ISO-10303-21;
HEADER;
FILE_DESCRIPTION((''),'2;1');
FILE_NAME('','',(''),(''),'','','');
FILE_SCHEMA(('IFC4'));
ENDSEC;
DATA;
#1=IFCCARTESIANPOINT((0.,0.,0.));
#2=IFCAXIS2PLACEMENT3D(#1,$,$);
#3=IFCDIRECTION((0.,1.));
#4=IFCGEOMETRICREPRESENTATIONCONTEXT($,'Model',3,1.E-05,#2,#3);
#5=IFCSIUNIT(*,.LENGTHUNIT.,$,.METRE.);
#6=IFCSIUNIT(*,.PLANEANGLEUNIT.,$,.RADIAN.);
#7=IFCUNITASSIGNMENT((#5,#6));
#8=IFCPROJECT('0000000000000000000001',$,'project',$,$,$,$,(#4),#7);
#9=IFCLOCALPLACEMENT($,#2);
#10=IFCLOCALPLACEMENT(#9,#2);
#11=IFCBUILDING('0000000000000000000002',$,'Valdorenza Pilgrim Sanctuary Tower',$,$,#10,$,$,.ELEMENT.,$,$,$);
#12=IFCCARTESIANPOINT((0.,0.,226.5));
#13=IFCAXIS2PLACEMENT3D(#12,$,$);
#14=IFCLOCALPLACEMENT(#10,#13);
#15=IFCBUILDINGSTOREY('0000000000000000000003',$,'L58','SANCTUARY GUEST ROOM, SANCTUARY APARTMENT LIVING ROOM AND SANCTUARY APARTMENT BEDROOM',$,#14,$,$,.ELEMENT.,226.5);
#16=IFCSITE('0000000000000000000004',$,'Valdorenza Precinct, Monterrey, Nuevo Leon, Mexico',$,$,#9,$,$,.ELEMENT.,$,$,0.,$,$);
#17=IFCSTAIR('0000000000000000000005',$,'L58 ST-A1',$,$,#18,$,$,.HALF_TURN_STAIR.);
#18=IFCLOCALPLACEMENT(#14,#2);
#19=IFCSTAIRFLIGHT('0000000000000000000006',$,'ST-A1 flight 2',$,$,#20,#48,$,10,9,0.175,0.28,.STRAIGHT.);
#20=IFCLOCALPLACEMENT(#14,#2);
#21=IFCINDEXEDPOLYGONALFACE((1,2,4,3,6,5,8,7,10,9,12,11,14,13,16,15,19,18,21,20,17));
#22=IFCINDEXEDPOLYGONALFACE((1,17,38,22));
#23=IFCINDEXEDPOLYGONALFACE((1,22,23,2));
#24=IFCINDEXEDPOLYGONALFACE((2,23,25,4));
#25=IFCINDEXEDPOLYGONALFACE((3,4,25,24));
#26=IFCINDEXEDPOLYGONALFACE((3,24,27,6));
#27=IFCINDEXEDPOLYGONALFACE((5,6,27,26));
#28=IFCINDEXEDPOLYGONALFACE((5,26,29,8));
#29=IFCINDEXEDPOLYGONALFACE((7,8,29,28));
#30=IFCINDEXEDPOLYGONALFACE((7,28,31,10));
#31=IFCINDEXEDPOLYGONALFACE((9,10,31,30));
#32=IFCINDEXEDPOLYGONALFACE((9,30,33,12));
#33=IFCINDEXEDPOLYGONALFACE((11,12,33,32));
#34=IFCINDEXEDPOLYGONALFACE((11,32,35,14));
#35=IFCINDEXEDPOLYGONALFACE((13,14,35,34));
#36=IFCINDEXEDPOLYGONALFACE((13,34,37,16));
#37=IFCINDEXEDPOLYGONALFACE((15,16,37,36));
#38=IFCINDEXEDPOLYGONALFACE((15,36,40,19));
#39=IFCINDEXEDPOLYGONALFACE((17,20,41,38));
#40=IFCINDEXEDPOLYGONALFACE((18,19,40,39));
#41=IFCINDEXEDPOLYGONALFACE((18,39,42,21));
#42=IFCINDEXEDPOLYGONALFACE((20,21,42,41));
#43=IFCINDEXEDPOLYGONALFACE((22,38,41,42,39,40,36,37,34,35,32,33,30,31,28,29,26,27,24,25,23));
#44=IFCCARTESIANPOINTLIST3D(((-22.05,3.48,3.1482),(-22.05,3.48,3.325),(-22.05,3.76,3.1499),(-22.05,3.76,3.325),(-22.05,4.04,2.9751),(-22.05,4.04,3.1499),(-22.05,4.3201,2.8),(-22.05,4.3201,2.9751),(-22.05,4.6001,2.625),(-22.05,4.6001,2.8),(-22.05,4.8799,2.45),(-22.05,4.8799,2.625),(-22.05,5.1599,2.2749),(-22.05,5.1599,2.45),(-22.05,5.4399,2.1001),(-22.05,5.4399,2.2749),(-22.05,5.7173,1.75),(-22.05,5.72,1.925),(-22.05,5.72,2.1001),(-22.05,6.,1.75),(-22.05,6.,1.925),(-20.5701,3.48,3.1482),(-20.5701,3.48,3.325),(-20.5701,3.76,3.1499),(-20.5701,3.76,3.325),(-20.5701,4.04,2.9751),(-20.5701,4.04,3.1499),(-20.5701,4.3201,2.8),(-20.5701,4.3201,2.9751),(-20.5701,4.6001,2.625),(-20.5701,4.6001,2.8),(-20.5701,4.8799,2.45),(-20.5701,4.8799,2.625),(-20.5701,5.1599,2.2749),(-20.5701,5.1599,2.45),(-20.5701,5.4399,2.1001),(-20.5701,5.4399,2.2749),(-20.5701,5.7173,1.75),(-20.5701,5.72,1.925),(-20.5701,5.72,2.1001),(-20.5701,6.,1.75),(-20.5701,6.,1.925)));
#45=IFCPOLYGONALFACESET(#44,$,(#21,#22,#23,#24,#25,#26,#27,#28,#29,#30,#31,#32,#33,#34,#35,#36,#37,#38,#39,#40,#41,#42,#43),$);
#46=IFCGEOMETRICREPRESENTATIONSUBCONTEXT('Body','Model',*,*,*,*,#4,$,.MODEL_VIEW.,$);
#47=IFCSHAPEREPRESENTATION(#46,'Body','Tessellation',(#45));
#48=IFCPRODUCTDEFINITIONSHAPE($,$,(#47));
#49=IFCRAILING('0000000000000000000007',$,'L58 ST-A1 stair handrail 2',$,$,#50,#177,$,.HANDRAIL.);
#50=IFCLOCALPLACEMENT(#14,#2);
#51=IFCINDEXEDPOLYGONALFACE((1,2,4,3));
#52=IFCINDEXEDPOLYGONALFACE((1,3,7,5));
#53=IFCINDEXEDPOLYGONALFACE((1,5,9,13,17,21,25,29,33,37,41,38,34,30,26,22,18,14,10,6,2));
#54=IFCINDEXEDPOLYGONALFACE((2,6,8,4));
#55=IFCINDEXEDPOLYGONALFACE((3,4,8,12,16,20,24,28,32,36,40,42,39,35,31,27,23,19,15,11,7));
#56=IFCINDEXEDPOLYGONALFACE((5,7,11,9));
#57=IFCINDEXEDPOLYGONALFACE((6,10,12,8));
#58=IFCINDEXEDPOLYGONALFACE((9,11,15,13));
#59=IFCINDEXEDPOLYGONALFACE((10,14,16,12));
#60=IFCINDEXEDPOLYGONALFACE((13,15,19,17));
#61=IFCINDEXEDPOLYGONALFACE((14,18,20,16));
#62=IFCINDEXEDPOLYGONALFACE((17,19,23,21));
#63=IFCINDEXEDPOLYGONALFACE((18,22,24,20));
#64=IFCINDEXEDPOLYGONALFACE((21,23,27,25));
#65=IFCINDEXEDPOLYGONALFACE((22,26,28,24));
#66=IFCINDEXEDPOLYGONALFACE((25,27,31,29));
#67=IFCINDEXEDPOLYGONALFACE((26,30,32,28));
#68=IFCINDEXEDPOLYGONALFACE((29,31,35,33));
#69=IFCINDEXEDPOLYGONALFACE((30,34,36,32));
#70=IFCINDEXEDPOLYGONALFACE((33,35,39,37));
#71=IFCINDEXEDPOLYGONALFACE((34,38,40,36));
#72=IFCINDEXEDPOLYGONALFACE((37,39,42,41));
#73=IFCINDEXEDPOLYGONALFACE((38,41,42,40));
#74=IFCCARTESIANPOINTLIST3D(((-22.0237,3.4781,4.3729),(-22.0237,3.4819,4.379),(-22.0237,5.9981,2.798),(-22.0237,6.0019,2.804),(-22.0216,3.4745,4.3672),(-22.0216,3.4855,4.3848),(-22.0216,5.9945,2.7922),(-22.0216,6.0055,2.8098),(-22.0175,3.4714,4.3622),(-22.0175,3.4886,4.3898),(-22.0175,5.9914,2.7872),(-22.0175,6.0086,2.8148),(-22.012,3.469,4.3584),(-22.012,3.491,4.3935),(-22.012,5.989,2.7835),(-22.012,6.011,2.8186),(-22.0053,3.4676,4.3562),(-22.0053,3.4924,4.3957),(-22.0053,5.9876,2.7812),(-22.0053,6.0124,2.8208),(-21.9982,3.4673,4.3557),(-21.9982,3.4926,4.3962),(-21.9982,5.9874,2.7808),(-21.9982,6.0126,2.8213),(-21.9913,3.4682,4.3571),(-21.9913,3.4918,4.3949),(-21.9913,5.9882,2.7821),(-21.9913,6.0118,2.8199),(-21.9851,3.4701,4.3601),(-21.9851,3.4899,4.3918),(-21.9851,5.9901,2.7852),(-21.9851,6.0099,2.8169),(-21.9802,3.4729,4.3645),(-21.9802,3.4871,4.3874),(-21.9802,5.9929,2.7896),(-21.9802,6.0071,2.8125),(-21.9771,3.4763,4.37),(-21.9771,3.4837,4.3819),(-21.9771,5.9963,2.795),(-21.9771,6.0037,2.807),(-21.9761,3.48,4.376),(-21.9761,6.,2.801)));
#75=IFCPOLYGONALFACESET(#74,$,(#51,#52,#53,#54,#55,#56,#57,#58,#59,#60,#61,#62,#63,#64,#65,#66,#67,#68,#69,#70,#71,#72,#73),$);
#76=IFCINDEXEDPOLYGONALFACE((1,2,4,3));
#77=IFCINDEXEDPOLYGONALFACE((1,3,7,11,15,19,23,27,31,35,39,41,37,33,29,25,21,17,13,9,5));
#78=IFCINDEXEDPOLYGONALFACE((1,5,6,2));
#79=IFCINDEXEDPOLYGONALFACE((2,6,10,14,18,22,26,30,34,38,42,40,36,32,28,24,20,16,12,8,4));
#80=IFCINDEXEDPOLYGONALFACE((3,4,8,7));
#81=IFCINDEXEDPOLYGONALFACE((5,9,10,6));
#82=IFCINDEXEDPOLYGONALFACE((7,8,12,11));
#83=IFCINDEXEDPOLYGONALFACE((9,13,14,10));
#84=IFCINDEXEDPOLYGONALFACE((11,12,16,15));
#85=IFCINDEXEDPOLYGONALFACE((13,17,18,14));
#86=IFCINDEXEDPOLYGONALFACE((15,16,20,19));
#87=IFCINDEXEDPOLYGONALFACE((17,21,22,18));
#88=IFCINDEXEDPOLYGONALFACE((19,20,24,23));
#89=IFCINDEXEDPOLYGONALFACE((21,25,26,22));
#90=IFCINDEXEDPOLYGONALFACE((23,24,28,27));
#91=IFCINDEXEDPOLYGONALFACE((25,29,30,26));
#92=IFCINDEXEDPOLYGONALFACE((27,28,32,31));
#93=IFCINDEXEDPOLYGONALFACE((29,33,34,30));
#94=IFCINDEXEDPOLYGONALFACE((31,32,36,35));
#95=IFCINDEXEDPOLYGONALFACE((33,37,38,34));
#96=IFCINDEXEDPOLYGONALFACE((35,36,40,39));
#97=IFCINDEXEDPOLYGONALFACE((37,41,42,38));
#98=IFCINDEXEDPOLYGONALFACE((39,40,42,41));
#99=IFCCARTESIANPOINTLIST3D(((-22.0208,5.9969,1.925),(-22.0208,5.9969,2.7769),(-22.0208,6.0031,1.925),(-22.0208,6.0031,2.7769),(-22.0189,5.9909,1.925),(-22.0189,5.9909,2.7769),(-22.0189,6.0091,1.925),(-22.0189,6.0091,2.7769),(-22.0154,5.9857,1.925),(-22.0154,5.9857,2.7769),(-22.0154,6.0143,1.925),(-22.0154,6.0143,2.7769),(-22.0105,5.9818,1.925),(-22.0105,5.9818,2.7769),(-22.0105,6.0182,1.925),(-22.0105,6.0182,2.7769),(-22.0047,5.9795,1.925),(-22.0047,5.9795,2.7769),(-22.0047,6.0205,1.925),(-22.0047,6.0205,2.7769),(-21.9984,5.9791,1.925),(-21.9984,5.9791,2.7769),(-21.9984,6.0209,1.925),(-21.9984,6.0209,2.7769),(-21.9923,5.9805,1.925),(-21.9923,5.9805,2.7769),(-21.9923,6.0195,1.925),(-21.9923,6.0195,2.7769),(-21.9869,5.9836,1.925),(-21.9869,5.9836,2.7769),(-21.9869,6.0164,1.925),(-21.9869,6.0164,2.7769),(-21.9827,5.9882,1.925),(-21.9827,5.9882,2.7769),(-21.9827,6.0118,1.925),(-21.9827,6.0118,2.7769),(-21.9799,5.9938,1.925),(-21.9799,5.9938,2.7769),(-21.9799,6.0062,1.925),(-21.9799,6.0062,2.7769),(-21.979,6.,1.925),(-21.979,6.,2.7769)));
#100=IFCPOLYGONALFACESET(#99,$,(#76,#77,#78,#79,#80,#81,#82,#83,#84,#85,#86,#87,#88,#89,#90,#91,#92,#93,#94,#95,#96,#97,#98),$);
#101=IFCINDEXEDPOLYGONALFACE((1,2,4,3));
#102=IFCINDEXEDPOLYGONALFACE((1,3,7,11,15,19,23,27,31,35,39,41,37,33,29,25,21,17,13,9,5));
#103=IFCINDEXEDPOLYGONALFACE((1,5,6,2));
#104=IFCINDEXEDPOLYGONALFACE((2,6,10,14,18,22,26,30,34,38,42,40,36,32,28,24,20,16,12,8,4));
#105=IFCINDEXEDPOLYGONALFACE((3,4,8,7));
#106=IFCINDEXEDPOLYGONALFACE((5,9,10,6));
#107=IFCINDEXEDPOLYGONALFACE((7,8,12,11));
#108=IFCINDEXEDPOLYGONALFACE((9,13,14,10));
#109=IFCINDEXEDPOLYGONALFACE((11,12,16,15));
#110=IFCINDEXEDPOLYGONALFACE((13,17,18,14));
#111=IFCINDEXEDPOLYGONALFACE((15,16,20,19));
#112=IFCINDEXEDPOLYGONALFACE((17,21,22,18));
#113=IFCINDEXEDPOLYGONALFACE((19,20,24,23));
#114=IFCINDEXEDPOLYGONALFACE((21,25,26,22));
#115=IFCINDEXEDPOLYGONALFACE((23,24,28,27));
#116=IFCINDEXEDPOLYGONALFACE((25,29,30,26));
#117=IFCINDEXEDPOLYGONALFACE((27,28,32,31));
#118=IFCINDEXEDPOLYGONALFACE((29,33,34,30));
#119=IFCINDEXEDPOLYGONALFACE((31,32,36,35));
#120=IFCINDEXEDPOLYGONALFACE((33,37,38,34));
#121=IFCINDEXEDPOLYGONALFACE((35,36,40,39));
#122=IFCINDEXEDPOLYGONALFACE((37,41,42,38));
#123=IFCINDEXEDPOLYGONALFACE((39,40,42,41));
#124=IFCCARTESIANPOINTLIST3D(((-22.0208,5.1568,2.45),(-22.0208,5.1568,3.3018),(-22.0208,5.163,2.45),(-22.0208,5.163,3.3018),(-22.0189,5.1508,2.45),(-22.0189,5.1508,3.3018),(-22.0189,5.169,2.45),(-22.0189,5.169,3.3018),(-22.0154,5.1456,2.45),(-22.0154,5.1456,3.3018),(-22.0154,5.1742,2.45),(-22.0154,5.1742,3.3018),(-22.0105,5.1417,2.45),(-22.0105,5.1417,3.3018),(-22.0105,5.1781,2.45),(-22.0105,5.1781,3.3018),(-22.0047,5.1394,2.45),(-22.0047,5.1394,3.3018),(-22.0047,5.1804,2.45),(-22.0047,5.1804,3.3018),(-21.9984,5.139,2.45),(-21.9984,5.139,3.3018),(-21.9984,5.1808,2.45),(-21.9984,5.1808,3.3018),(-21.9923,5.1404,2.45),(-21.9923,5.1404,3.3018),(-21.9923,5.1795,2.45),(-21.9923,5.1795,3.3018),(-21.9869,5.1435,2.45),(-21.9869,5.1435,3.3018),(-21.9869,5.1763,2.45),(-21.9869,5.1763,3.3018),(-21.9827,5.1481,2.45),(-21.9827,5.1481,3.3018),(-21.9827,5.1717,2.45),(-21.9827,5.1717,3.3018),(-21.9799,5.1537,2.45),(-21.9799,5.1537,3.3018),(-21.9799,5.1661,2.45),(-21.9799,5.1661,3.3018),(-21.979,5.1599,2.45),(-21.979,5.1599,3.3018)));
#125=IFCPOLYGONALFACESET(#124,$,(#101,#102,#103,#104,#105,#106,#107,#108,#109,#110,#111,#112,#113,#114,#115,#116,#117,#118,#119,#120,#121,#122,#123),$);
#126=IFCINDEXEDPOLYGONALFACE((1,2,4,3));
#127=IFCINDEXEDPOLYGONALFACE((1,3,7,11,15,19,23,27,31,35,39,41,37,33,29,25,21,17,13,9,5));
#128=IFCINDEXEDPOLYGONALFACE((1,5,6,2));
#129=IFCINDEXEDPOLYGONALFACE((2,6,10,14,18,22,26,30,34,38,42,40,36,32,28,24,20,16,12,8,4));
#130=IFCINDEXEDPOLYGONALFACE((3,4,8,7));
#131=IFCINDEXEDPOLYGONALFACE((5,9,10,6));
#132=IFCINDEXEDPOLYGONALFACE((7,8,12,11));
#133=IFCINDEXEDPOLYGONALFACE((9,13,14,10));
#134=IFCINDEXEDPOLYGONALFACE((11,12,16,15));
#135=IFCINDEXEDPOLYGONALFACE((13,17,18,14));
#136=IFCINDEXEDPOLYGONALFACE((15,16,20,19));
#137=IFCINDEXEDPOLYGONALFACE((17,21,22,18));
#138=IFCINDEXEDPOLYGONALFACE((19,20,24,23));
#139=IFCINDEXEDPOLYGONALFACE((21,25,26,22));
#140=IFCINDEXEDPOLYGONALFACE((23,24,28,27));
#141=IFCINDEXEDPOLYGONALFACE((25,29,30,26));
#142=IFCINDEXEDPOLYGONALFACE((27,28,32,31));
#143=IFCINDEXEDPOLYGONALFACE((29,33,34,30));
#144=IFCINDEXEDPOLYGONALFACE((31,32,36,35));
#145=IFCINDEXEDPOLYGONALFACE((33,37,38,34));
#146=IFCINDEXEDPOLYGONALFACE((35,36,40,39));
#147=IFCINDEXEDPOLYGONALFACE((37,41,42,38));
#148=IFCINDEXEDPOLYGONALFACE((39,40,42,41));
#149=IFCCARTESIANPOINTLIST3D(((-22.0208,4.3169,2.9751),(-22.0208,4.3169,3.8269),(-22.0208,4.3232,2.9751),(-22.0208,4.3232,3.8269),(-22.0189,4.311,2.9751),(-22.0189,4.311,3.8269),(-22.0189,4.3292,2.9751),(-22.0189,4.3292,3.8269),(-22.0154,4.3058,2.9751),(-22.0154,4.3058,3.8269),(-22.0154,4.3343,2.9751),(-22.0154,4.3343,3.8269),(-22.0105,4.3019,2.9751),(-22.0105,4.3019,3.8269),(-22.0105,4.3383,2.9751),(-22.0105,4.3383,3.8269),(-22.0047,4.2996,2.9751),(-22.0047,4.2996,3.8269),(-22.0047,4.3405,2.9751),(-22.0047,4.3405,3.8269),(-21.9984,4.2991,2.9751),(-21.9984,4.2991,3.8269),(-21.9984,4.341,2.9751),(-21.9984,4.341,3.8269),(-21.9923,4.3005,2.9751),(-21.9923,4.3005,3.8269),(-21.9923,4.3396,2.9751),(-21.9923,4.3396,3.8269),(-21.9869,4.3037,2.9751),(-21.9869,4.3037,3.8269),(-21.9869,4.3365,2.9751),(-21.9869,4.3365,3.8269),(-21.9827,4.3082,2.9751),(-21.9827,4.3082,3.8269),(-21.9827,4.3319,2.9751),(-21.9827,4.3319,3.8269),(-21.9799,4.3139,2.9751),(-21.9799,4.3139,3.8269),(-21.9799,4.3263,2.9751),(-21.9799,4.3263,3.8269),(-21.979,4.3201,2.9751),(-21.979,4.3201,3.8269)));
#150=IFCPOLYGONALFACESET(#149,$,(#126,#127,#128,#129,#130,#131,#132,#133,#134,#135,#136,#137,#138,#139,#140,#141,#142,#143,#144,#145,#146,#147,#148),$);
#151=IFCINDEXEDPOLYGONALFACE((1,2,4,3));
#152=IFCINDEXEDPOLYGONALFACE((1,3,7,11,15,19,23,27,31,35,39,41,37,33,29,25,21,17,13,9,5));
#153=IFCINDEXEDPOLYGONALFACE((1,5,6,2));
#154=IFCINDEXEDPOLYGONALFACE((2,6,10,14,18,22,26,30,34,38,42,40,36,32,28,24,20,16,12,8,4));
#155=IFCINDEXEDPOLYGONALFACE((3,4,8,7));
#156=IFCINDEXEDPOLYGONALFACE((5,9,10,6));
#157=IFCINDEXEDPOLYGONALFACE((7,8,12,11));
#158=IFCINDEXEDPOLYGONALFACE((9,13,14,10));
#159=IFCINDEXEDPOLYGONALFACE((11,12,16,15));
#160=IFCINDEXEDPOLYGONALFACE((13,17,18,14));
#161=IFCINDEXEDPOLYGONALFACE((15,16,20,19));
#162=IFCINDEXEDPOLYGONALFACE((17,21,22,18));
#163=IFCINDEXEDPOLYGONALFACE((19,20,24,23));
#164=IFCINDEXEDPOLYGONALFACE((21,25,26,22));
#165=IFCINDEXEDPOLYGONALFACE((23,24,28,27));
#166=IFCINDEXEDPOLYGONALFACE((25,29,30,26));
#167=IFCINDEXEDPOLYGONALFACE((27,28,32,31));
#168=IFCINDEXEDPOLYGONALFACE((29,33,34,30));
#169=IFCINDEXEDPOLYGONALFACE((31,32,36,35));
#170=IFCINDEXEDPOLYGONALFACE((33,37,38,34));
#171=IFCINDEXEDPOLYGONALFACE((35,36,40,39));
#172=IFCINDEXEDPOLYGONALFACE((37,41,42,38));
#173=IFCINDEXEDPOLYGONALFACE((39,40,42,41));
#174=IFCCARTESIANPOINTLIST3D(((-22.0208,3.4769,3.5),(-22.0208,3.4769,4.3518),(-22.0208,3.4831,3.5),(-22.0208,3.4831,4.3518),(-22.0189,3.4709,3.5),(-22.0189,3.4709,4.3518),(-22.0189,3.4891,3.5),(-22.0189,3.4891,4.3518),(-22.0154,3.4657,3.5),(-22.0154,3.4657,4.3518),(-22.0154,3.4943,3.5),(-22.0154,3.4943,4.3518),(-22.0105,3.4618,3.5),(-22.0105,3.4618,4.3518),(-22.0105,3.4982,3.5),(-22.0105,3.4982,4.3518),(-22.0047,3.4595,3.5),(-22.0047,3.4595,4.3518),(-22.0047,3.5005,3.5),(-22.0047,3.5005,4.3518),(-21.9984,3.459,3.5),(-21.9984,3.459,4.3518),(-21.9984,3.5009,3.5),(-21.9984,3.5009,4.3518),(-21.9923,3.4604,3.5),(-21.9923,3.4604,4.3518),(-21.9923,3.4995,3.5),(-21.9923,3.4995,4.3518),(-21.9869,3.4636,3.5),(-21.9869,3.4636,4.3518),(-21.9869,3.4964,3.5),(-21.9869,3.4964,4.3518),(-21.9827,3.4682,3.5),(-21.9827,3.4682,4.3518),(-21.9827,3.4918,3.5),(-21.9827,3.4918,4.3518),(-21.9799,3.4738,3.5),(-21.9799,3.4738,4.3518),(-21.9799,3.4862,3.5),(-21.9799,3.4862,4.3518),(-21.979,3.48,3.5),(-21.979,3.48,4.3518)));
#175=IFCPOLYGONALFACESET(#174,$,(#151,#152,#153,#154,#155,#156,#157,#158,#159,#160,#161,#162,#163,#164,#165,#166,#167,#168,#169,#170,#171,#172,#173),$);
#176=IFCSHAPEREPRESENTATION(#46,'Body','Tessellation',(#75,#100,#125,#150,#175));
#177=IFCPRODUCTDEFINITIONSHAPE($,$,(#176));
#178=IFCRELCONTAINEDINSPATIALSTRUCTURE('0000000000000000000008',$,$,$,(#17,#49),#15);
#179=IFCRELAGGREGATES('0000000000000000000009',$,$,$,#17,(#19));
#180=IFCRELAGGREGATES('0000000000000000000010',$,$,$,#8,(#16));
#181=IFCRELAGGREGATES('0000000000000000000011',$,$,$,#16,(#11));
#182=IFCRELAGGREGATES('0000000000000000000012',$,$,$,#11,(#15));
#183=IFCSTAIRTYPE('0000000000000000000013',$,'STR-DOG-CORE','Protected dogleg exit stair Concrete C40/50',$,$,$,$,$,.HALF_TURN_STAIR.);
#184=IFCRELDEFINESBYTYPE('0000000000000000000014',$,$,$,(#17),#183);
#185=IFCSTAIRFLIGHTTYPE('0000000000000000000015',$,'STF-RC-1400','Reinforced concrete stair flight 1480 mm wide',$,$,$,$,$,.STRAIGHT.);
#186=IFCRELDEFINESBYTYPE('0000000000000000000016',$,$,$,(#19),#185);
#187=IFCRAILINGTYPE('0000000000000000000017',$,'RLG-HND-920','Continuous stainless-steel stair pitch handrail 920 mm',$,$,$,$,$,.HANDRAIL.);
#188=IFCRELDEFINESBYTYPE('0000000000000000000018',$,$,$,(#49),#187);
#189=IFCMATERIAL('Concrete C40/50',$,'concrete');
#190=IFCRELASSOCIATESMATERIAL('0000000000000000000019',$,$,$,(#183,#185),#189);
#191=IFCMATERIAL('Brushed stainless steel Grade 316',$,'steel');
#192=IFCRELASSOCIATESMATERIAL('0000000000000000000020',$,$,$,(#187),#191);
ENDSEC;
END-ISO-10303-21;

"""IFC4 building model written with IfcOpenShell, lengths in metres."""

from ifc_helpers import new_model, si_unit, direction, frame, origin, origin_2d, place, context, subcontext, project, spatial, polyline, circle, outline, extrude, material, type_object, element, aggregate, save


model = new_model("IFC4")

# Units and contexts
model_context = context("Model", 3, precision=1e-05, world=origin(), true_north=direction((0.0, 1.0)))
body_context = subcontext(model_context, "Body", "Model", "MODEL_VIEW")
ifc_project = project(units=[si_unit("LENGTHUNIT", "METRE"), si_unit("PLANEANGLEUNIT", "RADIAN")], contexts=[model_context])

# Site, building, storey
site_placement = place(None, origin())
site = spatial("IfcSite", under=ifc_project, at=site_placement, Name="Valdorenza Precinct, Monterrey, Nuevo Leon, Mexico", CompositionType="ELEMENT", RefElevation=0.0)
building_placement = place(site_placement, origin())
building = spatial("IfcBuilding", under=site, at=building_placement, Name="Valdorenza Pilgrim Sanctuary Tower", CompositionType="ELEMENT")
storey_placement = place(building_placement, frame((0.0, 0.0, 226.5)))
storey = spatial("IfcBuildingStorey", under=building, at=storey_placement, Name="L58", Description="SANCTUARY GUEST ROOM, SANCTUARY APARTMENT LIVING ROOM AND SANCTUARY APARTMENT BEDROOM", CompositionType="ELEMENT", Elevation=226.5)

# Shared definitions
ifc_material_1 = material(Name="Concrete C40/50", Category="concrete")

# Stair, stair flight
stair_type = type_object("IfcStairType", Name="STR-DOG-CORE", Description="Protected dogleg exit stair Concrete C40/50", PredefinedType="HALF_TURN_STAIR", material=ifc_material_1)
stair_placement = place(storey_placement, origin())
stair = element("IfcStair", 1, at=stair_placement, inside=storey, type_object=stair_type, Name="L58 ST-A1", PredefinedType="HALF_TURN_STAIR")
stair_flight_type = type_object("IfcStairFlightType", Name="STF-RC-1400", Description="Reinforced concrete stair flight 1480 mm wide", PredefinedType="STRAIGHT", material=ifc_material_1)
stair_flight_placement = place(storey_placement, frame((-21.3101, 6.0, 1.75), z_axis=(0.0, 0.0, 1.0), x_axis=(0.0, -1.0, 0.0)))
stair_flight = element("IfcStairFlight", 2, at=stair_flight_placement, type_object=stair_flight_type, Name="ST-A1 flight 2", NumberOfRisers=10, NumberOfTreads=9, PredefinedType="STRAIGHT", RiserHeight=0.175, TreadLength=0.28, context=body_context, shape_type="SweptSolid", body=[
    extrude(outline(polyline([(0.0, 0.0), (0.0, 0.175), (0.28, 0.175), (0.28, 0.3501), (0.5601, 0.3501), (0.5601, 0.5249), (0.8401, 0.5249), (0.8401, 0.7), (1.1201, 0.7), (1.1201, 0.875), (1.3999, 0.875), (1.3999, 1.05), (1.6799, 1.05), (1.6799, 1.2251), (1.96, 1.2251), (1.96, 1.3999), (2.24, 1.3999), (2.24, 1.575), (2.52, 1.575), (2.52, 1.75), (2.52, 1.3982), (0.2827, 0.0), (0.0, 0.0)])), frame((0.0, 0.74, 0.0), z_axis=(0.0, -1.0, 0.0), x_axis=(1.0, 0.0, 0.0)), (0.0, 0.0, 1.0), 1.48),
])
aggregate(stair, [stair_flight])

# Railing
ifc_material_2 = material(Name="Brushed stainless steel Grade 316", Category="steel")
railing_type = type_object("IfcRailingType", Name="RLG-HND-920", Description="Continuous stainless-steel stair pitch handrail 920 mm", PredefinedType="HANDRAIL", material=ifc_material_2)
railing_placement = place(storey_placement, frame((-22.0, 6.0, 1.925)))
element("IfcRailing", 3, at=railing_placement, inside=storey, type_object=railing_type, Name="L58 ST-A1 stair handrail 2", PredefinedType="HANDRAIL", context=body_context, shape_type="SweptSolid", body=[
    extrude(circle(Radius=0.0239, at=origin_2d()), frame((0.0, 0.0, 0.876), z_axis=(0.0, -0.848008, 0.529984), x_axis=(1.0, 0.0, 0.0)), (0.0, 0.0, 1.0), 2.9717),
    extrude(circle(Radius=0.021, at=origin_2d()), origin(), (0.0, 0.0, 1.0), 0.8518),
    extrude(circle(Radius=0.021, at=origin_2d()), frame((0.0, -0.8401, 0.5249)), (0.0, 0.0, 1.0), 0.8518),
    extrude(circle(Radius=0.021, at=origin_2d()), frame((0.0, -1.6799, 1.05)), (0.0, 0.0, 1.0), 0.8518),
    extrude(circle(Radius=0.021, at=origin_2d()), frame((0.0, -2.52, 1.575)), (0.0, 0.0, 1.0), 0.8518),
])

save(model, "model.ifc")
